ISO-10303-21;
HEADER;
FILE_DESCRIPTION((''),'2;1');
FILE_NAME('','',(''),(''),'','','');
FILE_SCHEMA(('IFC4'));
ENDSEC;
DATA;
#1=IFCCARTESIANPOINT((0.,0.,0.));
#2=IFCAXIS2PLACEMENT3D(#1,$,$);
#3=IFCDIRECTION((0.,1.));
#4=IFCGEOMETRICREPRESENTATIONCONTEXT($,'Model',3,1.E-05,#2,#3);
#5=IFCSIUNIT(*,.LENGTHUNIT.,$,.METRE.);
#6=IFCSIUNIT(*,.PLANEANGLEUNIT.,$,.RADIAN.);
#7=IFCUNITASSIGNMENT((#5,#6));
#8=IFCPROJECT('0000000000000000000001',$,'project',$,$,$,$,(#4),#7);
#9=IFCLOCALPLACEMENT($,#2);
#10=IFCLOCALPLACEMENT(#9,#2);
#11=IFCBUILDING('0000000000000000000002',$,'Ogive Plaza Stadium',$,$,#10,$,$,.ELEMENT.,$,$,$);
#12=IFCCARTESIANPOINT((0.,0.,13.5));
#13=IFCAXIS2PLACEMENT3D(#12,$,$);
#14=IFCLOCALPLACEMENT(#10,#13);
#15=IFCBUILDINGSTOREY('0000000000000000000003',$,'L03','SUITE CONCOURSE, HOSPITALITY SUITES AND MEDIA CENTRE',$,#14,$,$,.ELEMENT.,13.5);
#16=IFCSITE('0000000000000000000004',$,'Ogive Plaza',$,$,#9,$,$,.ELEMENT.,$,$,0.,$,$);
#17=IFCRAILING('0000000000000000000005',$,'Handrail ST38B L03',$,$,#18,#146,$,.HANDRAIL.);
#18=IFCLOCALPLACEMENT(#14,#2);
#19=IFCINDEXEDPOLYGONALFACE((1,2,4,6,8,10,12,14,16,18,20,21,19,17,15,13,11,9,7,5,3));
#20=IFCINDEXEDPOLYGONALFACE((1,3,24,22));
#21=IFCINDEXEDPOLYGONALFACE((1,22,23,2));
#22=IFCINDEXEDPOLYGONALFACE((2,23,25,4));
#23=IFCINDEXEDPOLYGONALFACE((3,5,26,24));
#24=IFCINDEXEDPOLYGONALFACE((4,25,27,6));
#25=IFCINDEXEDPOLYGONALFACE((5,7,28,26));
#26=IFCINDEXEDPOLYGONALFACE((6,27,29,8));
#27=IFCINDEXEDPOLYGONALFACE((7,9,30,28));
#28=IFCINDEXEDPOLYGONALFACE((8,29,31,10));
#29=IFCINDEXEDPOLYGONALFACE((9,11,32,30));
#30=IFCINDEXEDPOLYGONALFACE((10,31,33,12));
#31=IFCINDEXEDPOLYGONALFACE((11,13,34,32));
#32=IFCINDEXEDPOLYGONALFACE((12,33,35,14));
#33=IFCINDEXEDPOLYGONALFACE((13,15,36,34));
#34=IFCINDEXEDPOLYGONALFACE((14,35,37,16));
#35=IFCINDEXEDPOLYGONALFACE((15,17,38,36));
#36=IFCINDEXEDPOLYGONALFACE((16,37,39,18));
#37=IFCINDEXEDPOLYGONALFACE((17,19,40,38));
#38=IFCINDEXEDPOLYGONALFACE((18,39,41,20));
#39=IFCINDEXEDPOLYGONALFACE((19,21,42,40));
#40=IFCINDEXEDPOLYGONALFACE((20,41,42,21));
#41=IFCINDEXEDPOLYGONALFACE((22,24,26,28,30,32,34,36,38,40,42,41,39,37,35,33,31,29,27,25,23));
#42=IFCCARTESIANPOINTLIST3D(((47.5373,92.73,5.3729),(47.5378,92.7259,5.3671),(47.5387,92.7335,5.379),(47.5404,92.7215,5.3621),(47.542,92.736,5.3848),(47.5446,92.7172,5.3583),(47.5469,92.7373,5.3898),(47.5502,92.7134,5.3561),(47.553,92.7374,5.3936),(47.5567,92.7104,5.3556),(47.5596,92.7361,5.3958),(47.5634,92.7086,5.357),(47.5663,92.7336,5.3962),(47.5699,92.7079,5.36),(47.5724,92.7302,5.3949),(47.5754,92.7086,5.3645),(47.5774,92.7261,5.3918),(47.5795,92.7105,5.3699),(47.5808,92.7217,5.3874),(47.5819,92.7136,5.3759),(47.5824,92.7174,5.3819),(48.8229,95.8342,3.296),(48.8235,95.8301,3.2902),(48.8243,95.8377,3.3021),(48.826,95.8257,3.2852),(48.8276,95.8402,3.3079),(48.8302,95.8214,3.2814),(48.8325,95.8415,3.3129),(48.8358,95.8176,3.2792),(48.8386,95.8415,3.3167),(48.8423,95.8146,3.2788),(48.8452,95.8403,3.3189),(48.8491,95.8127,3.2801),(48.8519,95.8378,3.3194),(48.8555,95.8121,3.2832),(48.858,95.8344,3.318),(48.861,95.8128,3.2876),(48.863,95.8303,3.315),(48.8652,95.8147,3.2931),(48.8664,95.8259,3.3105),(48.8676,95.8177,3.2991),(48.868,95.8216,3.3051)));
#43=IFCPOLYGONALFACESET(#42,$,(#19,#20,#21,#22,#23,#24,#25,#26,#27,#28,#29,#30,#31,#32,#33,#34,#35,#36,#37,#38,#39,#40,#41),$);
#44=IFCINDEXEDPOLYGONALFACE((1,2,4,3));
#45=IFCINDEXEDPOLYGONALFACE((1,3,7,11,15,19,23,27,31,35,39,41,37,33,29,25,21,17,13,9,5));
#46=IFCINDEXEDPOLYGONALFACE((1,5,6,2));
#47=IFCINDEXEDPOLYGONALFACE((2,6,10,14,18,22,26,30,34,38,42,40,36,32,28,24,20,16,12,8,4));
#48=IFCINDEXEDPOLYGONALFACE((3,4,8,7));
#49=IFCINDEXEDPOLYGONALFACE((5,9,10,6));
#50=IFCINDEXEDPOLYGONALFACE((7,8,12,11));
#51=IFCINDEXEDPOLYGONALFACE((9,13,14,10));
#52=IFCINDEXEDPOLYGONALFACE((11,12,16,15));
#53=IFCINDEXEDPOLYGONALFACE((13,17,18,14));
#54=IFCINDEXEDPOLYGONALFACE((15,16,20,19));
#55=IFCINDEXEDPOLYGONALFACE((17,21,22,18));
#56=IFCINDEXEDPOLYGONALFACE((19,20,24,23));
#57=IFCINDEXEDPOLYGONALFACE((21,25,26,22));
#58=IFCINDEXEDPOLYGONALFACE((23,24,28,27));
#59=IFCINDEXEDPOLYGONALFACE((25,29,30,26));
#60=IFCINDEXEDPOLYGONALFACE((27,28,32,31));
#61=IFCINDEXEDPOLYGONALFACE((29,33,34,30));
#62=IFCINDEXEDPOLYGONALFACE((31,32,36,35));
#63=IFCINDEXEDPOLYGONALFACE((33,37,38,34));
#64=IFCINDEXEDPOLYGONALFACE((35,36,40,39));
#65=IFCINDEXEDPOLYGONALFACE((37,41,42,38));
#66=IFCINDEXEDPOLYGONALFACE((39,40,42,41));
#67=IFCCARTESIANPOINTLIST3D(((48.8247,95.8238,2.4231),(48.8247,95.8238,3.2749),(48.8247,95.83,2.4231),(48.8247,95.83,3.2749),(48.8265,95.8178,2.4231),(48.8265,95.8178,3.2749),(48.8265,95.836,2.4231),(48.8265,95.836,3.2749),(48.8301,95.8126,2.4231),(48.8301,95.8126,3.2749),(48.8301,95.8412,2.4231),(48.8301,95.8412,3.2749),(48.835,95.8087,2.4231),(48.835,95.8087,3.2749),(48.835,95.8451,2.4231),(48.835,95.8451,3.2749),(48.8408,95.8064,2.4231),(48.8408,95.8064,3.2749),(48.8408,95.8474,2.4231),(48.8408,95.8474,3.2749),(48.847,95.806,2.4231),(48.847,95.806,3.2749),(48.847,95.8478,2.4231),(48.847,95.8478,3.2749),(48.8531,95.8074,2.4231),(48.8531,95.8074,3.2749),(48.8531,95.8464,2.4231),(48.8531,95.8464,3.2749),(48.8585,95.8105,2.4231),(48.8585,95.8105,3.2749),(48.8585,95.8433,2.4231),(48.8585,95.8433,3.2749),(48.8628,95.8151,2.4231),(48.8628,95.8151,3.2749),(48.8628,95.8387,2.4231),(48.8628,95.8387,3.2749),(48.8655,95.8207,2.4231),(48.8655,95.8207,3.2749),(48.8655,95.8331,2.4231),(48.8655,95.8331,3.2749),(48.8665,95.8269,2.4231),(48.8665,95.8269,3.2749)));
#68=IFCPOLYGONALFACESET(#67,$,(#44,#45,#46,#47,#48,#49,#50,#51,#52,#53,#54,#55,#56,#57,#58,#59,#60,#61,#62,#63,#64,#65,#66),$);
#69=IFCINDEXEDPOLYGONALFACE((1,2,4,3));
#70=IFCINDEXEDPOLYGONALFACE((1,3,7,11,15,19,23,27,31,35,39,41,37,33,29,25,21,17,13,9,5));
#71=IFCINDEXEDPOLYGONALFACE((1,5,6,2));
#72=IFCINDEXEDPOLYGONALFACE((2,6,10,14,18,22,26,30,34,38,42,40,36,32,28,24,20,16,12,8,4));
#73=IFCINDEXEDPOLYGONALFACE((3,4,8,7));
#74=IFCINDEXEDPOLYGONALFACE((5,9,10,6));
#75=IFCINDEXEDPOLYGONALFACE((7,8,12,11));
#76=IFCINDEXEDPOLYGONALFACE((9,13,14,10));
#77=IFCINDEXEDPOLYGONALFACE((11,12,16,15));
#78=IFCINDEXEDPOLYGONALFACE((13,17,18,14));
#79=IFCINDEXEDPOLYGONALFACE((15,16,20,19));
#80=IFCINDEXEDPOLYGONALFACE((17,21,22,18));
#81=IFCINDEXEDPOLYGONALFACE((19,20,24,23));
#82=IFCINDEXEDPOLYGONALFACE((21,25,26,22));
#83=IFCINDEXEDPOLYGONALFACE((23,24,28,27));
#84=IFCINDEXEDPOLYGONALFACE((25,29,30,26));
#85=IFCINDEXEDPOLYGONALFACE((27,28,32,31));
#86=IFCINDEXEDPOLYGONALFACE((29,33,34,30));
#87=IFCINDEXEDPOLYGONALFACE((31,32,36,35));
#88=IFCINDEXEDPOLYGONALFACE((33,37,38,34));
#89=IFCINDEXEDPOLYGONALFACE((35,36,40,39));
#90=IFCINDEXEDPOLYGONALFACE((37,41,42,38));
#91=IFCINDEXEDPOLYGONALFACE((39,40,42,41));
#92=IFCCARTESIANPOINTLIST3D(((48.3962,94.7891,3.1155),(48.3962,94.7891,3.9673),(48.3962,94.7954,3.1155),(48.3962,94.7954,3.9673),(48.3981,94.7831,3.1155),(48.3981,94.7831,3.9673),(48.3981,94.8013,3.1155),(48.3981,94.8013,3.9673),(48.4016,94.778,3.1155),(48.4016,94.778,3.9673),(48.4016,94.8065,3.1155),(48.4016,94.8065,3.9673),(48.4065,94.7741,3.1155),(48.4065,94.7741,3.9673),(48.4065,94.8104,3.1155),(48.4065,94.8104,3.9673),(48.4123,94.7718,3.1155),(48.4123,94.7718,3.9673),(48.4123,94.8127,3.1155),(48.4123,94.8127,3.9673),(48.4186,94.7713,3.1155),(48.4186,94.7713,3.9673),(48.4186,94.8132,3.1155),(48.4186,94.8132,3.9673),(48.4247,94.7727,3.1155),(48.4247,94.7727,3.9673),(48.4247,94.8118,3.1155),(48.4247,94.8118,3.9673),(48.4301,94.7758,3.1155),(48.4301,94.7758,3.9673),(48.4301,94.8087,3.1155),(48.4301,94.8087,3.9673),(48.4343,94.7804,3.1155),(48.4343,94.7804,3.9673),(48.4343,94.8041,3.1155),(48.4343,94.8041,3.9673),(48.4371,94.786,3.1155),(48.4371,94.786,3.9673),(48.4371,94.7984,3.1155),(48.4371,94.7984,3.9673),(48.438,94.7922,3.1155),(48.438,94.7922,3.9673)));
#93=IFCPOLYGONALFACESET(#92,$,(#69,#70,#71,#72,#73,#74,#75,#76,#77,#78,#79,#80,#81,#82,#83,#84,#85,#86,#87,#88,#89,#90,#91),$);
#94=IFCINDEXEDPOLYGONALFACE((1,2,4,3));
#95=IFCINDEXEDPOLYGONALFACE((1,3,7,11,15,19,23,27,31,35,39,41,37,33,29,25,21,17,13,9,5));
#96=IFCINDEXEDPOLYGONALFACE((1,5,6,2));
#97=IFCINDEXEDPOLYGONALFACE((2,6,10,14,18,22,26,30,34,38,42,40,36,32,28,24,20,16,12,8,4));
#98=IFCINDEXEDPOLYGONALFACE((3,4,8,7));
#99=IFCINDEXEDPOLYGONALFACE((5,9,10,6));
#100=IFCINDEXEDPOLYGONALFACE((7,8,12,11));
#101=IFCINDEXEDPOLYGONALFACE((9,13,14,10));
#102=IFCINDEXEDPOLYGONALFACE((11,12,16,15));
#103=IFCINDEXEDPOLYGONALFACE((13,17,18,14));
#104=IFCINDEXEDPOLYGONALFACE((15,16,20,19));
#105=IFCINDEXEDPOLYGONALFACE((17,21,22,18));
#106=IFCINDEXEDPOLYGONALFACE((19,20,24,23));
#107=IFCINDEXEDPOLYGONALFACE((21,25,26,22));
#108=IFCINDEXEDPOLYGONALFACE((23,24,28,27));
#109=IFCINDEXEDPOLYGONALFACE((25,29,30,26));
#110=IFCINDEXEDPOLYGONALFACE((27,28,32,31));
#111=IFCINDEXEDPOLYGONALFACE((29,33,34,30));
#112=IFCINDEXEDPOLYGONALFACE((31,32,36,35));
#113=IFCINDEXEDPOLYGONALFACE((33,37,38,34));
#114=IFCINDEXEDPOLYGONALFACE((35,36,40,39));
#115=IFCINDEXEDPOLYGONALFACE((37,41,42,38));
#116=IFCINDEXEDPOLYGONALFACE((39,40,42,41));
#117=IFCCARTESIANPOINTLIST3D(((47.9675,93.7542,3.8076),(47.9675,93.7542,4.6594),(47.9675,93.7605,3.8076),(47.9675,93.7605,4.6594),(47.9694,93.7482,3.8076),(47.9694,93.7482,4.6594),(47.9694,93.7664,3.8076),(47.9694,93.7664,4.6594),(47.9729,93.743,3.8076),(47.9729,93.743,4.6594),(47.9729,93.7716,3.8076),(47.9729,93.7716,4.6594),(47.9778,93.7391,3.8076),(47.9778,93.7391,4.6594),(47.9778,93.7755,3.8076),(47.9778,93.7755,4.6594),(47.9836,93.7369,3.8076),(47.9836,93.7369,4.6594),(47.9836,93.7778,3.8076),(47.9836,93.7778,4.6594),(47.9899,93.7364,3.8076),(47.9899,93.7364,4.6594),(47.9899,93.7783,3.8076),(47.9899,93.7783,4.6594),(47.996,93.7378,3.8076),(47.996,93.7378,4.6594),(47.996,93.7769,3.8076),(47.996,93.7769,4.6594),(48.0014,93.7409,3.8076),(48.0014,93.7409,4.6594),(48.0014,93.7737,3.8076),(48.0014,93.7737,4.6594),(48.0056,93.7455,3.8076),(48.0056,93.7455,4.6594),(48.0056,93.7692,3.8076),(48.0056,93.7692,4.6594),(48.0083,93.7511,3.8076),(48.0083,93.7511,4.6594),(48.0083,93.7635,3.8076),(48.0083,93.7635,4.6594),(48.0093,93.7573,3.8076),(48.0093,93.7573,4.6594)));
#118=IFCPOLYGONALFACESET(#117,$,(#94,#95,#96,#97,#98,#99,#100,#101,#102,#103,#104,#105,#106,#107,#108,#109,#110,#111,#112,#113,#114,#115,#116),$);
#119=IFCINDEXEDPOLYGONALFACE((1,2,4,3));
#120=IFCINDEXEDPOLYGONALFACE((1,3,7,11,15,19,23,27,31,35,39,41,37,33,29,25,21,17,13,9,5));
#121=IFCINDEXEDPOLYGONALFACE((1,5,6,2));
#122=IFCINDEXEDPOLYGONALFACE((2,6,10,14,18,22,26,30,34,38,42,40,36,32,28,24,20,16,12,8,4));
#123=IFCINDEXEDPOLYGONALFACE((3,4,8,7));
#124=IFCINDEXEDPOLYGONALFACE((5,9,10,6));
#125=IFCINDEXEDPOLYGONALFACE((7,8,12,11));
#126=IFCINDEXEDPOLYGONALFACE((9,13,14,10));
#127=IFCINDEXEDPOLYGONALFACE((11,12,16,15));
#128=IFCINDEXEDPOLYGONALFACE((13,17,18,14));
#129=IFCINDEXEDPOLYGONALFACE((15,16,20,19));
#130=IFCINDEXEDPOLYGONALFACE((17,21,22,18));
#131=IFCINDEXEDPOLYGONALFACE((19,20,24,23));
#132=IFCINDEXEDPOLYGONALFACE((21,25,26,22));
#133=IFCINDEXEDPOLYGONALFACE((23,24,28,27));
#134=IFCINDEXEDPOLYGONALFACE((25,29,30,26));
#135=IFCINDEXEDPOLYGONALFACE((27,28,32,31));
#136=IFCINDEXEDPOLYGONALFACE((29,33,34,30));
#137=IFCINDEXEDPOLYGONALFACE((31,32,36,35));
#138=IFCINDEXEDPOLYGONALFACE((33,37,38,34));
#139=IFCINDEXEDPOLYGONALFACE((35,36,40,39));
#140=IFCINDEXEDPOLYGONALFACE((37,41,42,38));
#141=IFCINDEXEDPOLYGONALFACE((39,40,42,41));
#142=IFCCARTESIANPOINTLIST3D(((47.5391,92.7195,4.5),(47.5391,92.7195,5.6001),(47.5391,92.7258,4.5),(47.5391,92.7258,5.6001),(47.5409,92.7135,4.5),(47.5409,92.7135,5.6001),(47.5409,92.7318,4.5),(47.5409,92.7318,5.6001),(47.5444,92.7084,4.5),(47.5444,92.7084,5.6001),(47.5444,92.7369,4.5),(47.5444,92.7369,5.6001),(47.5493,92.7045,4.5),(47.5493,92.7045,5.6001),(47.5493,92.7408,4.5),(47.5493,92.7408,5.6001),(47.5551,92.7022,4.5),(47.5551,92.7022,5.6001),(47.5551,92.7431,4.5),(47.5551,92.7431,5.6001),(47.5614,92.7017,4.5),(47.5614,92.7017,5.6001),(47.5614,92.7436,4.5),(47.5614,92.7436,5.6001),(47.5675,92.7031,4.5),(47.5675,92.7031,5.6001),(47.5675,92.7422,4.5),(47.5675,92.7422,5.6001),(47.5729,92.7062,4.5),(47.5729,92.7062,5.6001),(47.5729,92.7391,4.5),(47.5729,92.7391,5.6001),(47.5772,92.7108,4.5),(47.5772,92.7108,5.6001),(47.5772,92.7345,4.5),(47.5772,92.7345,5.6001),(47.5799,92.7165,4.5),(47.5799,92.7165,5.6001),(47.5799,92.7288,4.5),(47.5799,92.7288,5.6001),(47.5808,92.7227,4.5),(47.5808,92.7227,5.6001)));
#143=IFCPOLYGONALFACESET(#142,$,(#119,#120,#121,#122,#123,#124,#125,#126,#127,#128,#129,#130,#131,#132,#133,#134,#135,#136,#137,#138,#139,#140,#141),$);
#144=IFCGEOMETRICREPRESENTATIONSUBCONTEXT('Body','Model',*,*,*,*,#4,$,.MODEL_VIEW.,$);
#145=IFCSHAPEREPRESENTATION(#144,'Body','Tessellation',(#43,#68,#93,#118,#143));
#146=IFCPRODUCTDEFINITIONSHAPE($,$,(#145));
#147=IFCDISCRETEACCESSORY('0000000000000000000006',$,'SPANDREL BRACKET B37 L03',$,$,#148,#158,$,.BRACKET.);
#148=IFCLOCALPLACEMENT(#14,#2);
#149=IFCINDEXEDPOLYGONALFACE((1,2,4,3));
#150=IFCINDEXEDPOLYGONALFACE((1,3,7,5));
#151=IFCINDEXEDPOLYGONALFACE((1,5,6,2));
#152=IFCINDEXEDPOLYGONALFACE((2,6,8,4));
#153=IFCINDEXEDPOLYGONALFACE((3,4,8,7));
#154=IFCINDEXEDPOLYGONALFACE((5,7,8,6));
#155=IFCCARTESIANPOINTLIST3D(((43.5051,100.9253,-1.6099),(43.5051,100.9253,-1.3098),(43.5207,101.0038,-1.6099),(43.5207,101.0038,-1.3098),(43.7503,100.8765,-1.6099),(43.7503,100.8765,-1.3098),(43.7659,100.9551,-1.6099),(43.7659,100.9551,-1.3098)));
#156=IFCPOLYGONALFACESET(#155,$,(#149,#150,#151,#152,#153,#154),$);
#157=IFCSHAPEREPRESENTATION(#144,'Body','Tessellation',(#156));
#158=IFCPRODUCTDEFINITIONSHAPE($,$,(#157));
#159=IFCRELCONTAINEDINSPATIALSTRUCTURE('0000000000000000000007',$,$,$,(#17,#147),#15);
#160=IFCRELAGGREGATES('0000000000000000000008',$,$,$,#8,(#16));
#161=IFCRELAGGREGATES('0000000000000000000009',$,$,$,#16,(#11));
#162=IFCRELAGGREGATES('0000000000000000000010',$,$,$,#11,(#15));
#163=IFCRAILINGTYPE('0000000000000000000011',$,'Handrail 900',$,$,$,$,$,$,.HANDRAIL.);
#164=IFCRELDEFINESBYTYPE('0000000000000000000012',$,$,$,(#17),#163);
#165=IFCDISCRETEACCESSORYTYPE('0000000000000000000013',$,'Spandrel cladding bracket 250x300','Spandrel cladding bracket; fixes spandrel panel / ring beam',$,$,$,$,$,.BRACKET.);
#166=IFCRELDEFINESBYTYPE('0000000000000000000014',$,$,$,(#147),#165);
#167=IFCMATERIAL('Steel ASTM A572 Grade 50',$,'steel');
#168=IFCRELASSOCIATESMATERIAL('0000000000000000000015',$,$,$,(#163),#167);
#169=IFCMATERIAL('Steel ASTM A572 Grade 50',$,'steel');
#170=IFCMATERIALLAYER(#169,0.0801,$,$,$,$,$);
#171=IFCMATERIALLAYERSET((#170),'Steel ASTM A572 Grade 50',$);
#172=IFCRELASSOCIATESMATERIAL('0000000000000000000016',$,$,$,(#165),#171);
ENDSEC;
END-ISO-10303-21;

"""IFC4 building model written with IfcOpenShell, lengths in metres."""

from ifc_helpers import new_model, si_unit, direction, frame, origin, origin_2d, place, context, subcontext, project, spatial, rectangle, circle, extrude, material, layer, layer_set, type_object, element, save


model = new_model("IFC4")

# Units and contexts
model_context = context("Model", 3, precision=1e-05, world=origin(), true_north=direction((0.0, 1.0)))
body_context = subcontext(model_context, "Body", "Model", "MODEL_VIEW")
ifc_project = project(units=[si_unit("LENGTHUNIT", "METRE"), si_unit("PLANEANGLEUNIT", "RADIAN")], contexts=[model_context])

# Site, building, storey
site_placement = place(None, origin())
site = spatial("IfcSite", under=ifc_project, at=site_placement, Name="Ogive Plaza", CompositionType="ELEMENT", RefElevation=0.0)
building_placement = place(site_placement, origin())
building = spatial("IfcBuilding", under=site, at=building_placement, Name="Ogive Plaza Stadium", CompositionType="ELEMENT")
storey_placement = place(building_placement, frame((0.0, 0.0, 13.5)))
storey = spatial("IfcBuildingStorey", under=building, at=storey_placement, Name="L03", Description="SUITE CONCOURSE, HOSPITALITY SUITES AND MEDIA CENTRE", CompositionType="ELEMENT", Elevation=13.5)

# Railing
ifc_material_1 = material(Name="Steel ASTM A572 Grade 50", Category="steel")
railing_type = type_object("IfcRailingType", Name="Handrail 900", PredefinedType="HANDRAIL", material=ifc_material_1)
railing_placement = place(storey_placement, frame((48.8455, 95.8269, 2.4231)))
element("IfcRailing", 1, at=railing_placement, inside=storey, type_object=railing_type, Name="Handrail ST38B L03", PredefinedType="HANDRAIL", context=body_context, shape_type="SweptSolid", body=[
    extrude(circle(Radius=0.0239, at=origin_2d()), frame((0.0, 0.0, 0.876), z_axis=(-0.325477, -0.785879, 0.525794), x_axis=(0.923898, -0.382638, 0.0)), (0.0, 0.0, 1.0), 3.95),
    extrude(circle(Radius=0.021, at=origin_2d()), origin(), (0.0, 0.0, 1.0), 0.8518),
    extrude(circle(Radius=0.021, at=origin_2d()), frame((-0.4285, -1.0347, 0.6924)), (0.0, 0.0, 1.0), 0.8518),
    extrude(circle(Radius=0.021, at=origin_2d()), frame((-0.8572, -2.0696, 1.3845)), (0.0, 0.0, 1.0), 0.8518),
    extrude(circle(Radius=0.021, at=origin_2d()), frame((-1.2856, -3.1042, 2.0769)), (0.0, 0.0, 1.0), 1.1001),
])

# Discrete accessory
ifc_material_2 = material(Name="Steel ASTM A572 Grade 50", Category="steel")
ifc_layer_1 = layer(ifc_material_2, 0.0801)
ifc_layer_set_1 = layer_set([ifc_layer_1], Name="Steel ASTM A572 Grade 50")
discrete_accessory_type = type_object("IfcDiscreteAccessoryType", Name="Spandrel cladding bracket 250x300", Description="Spandrel cladding bracket; fixes spandrel panel / ring beam", PredefinedType="BRACKET", material=ifc_layer_set_1)
discrete_accessory_placement = place(storey_placement, frame((43.6355, 100.9402, -1.6099), z_axis=(0.0, 0.0, 1.0), x_axis=(0.980785, -0.19509, 0.0)))
element("IfcDiscreteAccessory", 2, at=discrete_accessory_placement, inside=storey, type_object=discrete_accessory_type, Name="SPANDREL BRACKET B37 L03", PredefinedType="BRACKET", context=body_context, shape_type="SweptSolid", body=[
    extrude(rectangle(XDim=0.25, YDim=0.0801, at=origin_2d()), origin(), (0.0, 0.0, 1.0), 0.3),
])

save(model, "model.ifc")
